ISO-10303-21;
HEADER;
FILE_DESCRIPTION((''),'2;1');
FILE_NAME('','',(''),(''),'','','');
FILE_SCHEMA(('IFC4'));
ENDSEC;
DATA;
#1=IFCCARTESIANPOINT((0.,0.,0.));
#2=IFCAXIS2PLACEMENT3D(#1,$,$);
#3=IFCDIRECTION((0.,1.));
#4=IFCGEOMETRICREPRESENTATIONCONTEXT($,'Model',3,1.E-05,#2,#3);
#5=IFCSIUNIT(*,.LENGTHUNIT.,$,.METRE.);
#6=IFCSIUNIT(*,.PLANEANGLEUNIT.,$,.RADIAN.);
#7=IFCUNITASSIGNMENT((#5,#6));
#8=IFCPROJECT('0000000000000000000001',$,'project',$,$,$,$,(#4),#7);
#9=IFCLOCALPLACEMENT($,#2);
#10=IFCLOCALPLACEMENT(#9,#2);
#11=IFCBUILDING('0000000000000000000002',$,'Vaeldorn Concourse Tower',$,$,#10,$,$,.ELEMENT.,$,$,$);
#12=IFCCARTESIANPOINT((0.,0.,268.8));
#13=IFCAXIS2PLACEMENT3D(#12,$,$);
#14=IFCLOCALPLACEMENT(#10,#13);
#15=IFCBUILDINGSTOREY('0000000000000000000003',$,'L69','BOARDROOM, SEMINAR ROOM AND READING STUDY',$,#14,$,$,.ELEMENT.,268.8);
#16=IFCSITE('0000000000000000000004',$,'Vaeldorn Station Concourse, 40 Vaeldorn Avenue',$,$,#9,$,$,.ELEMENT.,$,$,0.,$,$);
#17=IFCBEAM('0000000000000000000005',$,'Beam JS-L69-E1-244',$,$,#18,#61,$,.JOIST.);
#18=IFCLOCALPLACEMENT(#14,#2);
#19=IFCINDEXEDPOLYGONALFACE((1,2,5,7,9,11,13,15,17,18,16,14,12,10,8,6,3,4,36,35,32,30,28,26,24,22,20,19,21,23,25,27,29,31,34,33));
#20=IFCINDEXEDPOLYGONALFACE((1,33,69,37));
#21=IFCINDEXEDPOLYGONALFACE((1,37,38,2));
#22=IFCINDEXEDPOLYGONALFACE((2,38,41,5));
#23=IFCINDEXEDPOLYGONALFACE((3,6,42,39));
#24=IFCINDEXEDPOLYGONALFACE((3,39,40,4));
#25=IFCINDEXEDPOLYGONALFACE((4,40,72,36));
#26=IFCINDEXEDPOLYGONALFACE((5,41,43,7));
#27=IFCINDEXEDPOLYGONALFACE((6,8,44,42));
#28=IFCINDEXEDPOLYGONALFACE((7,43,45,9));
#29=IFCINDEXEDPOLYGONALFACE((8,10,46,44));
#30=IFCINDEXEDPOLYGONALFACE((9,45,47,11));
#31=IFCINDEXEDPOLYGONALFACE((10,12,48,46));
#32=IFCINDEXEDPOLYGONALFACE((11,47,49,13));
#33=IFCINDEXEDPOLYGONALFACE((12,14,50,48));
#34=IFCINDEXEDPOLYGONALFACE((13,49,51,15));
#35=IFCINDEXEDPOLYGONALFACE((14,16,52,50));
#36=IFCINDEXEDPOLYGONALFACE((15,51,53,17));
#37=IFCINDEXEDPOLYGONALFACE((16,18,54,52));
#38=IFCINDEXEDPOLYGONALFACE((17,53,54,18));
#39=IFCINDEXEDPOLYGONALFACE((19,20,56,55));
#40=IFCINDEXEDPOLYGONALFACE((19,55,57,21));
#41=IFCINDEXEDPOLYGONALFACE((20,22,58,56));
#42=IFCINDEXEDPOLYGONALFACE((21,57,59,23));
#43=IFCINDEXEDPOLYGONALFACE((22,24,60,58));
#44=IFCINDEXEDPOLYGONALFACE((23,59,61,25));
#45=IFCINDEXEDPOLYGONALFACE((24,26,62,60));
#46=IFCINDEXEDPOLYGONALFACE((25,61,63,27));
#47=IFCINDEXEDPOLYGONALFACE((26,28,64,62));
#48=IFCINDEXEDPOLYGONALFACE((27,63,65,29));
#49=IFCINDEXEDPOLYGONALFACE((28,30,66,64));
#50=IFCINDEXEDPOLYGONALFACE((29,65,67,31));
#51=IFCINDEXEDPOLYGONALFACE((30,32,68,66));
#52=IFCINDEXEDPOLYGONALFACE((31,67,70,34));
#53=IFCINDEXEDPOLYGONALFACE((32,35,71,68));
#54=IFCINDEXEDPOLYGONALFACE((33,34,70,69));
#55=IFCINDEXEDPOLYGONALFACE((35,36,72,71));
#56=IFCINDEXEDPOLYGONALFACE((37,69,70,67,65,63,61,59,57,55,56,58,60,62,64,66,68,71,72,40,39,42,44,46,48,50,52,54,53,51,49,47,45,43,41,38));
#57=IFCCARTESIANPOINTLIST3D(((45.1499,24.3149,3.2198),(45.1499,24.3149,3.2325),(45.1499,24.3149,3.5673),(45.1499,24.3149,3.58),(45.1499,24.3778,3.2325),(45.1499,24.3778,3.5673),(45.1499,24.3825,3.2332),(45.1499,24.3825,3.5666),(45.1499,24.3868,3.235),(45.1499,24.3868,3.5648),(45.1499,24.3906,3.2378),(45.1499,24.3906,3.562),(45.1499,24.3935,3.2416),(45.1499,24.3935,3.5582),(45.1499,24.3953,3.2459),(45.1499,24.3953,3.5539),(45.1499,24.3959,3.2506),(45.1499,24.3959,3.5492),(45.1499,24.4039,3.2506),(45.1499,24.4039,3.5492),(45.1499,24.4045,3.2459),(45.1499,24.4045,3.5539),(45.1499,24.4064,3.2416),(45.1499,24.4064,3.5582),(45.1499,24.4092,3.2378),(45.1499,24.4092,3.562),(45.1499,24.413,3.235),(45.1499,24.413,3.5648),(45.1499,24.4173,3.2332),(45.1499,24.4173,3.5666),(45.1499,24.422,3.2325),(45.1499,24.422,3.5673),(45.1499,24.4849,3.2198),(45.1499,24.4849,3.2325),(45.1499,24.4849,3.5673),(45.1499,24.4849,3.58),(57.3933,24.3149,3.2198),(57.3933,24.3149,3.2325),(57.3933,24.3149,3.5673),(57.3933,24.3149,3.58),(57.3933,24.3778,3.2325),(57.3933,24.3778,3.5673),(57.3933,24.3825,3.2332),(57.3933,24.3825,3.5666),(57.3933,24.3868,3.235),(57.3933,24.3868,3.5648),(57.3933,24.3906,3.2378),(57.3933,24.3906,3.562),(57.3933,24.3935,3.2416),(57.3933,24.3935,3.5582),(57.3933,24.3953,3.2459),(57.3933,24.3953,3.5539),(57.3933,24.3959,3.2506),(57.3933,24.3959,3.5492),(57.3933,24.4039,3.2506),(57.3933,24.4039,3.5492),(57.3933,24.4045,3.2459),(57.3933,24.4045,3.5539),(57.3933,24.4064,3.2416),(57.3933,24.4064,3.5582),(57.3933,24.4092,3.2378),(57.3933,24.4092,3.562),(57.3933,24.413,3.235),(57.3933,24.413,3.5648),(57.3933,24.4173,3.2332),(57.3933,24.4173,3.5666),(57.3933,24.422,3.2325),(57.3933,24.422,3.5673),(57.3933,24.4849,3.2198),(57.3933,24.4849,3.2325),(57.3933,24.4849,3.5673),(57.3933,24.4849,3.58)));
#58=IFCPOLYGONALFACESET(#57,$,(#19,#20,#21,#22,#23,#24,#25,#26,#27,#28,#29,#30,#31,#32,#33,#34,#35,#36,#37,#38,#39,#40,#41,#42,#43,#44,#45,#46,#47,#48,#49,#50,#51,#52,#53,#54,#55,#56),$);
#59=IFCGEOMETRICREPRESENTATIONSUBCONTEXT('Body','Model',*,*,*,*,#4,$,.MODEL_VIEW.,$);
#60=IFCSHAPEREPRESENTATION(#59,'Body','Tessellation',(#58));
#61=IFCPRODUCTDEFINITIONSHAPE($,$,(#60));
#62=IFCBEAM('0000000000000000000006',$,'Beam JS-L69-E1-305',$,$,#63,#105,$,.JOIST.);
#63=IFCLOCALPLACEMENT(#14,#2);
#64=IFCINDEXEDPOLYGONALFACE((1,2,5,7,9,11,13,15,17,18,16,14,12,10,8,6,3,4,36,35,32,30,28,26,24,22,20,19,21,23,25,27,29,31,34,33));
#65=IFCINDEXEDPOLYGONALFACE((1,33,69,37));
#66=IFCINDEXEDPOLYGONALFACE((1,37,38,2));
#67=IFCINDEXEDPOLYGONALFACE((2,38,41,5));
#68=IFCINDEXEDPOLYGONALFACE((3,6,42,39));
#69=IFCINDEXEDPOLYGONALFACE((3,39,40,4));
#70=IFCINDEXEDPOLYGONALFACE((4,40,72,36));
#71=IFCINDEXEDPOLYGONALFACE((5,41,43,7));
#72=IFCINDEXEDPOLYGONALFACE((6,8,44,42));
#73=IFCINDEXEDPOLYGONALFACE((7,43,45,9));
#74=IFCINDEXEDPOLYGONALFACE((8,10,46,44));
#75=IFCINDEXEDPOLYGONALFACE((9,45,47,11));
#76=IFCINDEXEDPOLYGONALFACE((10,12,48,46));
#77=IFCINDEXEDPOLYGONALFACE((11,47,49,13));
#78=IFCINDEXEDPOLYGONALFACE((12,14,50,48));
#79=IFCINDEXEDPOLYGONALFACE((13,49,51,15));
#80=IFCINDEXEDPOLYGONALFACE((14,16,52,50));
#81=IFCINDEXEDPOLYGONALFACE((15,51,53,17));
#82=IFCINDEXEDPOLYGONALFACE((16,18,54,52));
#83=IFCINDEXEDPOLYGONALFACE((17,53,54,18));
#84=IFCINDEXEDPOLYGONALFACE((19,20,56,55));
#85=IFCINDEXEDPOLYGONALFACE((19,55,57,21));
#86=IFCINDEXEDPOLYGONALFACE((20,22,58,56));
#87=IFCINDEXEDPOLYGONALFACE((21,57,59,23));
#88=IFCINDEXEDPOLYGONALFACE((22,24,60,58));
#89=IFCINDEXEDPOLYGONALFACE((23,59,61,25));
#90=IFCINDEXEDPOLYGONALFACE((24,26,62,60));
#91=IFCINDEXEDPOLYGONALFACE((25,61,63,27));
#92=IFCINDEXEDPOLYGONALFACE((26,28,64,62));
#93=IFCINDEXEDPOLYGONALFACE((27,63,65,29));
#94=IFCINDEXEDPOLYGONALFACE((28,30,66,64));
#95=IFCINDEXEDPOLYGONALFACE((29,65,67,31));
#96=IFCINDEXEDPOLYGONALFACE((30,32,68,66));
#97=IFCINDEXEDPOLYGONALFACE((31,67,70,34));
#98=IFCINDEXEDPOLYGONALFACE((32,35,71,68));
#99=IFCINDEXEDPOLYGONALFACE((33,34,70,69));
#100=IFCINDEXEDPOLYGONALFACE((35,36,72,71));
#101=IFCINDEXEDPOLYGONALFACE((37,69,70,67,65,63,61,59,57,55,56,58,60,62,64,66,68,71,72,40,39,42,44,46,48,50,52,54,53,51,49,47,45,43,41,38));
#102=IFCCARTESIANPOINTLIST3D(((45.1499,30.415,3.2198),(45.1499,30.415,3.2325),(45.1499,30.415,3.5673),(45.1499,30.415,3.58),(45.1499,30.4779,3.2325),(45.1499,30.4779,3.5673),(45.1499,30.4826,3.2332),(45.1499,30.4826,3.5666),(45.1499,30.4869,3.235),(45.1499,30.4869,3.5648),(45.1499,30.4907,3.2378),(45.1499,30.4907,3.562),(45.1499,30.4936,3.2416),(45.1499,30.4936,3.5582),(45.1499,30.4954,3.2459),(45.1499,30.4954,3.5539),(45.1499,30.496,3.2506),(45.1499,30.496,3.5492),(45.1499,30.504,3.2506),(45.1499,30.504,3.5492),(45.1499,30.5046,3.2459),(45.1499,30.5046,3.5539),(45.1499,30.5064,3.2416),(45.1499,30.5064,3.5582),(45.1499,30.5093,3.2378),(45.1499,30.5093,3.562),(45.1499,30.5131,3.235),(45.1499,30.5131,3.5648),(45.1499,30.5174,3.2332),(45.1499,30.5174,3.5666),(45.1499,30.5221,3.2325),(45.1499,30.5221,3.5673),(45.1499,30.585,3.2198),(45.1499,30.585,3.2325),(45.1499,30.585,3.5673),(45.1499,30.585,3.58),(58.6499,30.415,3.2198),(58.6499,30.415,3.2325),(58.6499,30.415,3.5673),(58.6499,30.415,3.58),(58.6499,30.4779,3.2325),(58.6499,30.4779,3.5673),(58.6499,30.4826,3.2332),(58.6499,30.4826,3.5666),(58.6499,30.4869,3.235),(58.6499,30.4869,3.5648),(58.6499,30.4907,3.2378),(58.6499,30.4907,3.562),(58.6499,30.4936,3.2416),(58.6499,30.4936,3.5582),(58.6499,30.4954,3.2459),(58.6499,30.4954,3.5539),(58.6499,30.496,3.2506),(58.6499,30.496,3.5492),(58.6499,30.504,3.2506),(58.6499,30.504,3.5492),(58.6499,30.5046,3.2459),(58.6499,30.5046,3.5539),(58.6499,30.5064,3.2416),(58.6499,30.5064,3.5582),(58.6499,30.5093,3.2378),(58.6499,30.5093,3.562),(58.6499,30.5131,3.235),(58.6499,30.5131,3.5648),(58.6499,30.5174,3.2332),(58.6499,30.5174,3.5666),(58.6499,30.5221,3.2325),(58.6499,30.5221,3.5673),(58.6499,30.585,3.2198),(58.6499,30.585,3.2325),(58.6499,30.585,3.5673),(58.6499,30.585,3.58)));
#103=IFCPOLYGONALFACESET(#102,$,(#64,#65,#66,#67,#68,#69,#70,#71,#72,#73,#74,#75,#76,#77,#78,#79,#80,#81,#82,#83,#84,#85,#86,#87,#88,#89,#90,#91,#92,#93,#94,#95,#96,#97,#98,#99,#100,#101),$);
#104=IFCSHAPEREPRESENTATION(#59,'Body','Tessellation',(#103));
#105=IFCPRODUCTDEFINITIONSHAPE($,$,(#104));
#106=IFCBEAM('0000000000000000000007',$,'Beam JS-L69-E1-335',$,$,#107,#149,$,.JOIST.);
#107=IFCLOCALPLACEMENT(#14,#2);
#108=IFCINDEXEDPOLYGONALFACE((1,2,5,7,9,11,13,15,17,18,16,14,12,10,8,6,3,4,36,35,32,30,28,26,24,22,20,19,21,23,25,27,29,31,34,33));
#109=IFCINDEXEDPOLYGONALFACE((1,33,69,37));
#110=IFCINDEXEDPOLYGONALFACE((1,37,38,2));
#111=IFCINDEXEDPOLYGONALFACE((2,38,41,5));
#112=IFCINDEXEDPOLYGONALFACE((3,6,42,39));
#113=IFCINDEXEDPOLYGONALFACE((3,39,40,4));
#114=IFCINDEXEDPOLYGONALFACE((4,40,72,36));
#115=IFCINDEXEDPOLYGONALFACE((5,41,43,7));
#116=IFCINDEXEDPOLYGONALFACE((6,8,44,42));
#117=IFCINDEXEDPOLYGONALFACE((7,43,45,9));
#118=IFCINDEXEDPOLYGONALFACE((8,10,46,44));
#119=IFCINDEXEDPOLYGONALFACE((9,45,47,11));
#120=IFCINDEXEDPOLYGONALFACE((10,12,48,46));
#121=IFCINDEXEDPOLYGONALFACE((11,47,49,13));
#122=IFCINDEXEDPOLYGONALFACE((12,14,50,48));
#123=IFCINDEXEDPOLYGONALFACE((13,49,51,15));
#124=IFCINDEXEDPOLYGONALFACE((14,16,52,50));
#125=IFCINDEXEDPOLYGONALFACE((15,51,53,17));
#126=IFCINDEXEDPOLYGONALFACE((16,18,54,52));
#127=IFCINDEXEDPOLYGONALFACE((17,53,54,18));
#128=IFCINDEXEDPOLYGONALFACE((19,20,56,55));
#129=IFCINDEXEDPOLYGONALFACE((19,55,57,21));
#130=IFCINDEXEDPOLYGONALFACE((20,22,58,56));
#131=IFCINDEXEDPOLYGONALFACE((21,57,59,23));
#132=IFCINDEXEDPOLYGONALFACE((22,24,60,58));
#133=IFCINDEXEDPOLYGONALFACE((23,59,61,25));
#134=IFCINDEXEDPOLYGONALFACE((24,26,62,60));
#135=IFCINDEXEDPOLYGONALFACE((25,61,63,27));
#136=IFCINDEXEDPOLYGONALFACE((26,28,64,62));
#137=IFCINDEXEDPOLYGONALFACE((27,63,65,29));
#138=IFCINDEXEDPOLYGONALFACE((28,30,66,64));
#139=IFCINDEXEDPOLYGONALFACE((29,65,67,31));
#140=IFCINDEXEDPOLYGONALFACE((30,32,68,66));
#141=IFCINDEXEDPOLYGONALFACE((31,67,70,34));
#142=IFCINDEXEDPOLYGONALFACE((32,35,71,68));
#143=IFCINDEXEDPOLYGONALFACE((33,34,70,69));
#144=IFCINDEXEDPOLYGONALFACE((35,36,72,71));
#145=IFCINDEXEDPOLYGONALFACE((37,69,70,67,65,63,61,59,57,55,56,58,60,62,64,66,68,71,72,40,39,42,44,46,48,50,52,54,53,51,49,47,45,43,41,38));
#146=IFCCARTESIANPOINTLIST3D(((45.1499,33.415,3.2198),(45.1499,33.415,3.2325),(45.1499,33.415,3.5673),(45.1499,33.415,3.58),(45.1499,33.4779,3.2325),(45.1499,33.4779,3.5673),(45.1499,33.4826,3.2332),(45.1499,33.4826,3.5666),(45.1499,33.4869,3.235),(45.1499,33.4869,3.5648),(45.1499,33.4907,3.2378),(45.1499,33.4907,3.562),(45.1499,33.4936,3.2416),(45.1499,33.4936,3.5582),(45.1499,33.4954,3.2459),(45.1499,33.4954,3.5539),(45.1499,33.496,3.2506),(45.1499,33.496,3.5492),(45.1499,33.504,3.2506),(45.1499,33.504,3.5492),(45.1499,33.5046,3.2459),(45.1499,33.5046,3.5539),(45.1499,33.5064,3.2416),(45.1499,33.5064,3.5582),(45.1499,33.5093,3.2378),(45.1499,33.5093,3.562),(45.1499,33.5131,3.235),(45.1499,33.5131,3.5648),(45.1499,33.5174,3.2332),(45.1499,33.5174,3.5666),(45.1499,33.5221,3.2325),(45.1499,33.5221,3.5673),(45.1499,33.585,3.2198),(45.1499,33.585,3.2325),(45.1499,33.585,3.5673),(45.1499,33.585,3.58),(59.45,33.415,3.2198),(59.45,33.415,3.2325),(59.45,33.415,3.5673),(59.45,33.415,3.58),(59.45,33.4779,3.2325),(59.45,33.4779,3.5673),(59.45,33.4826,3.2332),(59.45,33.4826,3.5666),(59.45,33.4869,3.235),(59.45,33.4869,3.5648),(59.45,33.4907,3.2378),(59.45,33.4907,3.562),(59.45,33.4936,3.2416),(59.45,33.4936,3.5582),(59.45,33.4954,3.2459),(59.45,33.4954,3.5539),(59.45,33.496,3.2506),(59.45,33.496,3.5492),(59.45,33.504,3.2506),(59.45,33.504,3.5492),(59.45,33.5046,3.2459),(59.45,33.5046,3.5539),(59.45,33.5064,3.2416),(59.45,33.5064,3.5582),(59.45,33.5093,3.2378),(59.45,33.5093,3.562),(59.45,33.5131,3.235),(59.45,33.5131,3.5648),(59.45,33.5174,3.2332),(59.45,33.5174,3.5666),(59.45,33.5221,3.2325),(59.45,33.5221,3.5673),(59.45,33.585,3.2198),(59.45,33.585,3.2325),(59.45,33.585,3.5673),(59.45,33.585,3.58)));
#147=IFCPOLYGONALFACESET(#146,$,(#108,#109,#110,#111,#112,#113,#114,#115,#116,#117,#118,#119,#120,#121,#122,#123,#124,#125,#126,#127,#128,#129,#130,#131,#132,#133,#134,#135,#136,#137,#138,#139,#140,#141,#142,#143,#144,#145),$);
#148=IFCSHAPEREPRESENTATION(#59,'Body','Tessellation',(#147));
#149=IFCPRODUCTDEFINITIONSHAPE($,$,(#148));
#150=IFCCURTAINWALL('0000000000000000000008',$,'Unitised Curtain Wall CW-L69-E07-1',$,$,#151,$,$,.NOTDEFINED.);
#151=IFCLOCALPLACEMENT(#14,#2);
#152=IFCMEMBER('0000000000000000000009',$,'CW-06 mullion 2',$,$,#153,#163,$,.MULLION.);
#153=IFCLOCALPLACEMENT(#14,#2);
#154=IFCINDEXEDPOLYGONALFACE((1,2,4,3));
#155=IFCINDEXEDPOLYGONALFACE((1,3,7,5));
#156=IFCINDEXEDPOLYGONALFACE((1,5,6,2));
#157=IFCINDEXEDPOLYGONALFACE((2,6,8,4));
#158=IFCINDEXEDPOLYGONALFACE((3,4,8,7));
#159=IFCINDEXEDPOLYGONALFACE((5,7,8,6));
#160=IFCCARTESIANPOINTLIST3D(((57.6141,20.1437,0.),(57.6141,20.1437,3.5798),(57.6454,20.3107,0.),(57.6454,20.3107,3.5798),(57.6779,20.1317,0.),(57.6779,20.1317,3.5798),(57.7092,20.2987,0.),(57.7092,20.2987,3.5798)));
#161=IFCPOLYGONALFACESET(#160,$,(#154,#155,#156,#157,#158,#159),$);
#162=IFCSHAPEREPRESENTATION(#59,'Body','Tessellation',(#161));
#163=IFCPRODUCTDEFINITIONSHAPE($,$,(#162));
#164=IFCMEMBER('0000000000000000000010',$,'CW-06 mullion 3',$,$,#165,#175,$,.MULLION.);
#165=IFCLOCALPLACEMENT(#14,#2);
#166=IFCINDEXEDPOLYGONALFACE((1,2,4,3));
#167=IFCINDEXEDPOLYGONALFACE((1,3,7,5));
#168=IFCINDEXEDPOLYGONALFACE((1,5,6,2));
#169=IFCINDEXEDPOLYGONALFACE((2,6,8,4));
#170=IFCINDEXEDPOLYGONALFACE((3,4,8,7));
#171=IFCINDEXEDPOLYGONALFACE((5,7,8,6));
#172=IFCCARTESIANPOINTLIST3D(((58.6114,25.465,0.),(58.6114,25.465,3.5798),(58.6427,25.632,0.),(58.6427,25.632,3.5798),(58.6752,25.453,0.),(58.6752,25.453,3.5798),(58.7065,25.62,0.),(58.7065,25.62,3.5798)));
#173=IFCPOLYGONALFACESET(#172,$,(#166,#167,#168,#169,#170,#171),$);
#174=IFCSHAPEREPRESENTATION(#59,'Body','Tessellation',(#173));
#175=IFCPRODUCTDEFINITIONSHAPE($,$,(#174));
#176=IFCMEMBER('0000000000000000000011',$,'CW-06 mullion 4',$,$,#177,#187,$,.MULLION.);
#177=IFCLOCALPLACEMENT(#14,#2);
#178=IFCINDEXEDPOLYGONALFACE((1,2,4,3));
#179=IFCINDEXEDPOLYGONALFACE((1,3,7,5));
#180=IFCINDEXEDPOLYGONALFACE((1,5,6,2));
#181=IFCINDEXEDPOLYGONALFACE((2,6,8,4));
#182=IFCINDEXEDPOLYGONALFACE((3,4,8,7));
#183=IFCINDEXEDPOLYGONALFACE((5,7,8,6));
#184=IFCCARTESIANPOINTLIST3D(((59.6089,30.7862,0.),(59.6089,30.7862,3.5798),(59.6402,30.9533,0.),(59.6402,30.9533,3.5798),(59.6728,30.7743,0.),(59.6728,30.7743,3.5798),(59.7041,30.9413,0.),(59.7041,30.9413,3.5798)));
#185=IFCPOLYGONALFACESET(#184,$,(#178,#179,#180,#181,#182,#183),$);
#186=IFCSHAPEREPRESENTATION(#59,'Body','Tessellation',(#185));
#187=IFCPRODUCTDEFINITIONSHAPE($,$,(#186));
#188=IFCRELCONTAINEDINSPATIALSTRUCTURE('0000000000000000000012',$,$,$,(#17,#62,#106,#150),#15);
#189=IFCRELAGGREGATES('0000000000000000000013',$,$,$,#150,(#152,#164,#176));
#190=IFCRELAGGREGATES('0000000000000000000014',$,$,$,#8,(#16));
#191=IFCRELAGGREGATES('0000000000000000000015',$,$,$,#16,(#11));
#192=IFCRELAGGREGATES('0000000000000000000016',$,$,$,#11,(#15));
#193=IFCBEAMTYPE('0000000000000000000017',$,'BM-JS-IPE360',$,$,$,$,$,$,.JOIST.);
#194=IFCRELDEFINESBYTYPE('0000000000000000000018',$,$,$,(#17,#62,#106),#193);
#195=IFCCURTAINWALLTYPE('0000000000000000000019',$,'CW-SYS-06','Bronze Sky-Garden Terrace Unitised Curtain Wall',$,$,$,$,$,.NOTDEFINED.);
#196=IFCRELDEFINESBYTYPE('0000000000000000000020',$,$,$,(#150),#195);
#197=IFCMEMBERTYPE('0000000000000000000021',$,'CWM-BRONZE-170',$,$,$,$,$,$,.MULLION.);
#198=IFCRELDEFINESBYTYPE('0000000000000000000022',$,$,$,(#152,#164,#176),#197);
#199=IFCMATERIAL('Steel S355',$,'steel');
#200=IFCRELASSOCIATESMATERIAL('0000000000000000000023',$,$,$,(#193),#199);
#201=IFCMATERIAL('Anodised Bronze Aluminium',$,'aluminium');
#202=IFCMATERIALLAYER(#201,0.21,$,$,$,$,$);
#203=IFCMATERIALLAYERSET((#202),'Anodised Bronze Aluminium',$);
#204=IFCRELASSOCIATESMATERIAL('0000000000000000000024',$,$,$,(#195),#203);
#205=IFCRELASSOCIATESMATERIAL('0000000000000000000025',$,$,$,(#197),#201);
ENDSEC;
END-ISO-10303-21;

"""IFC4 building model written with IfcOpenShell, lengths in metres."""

from ifc_helpers import new_model, si_unit, direction, frame, origin, origin_2d, place, context, subcontext, project, spatial, rectangle, i_section, extrude, source, transform, mapped, material, layer, layer_set, material_profile, profile_set, type_object, element, aggregate, save


model = new_model("IFC4")

# Units and contexts
model_context = context("Model", 3, precision=1e-05, world=origin(), true_north=direction((0.0, 1.0)))
body_context = subcontext(model_context, "Body", "Model", "MODEL_VIEW")
ifc_project = project(units=[si_unit("LENGTHUNIT", "METRE"), si_unit("PLANEANGLEUNIT", "RADIAN")], contexts=[model_context])

# Site, building, storey
site_placement = place(None, origin())
site = spatial("IfcSite", under=ifc_project, at=site_placement, Name="Vaeldorn Station Concourse, 40 Vaeldorn Avenue", CompositionType="ELEMENT", RefElevation=0.0)
building_placement = place(site_placement, origin())
building = spatial("IfcBuilding", under=site, at=building_placement, Name="Vaeldorn Concourse Tower", CompositionType="ELEMENT")
storey_placement = place(building_placement, frame((0.0, 0.0, 268.8)))
storey = spatial("IfcBuildingStorey", under=building, at=storey_placement, Name="L69", Description="BOARDROOM, SEMINAR ROOM AND READING STUDY", CompositionType="ELEMENT", Elevation=268.8)

# Shared definitions
ifc_material_1 = material(Name="Steel S355", Category="steel")

# Beams
ifc_material_profile_1 = material_profile(ifc_material_1, i_section(OverallWidth=0.1699, OverallDepth=0.3601, WebThickness=0.0081, FlangeThickness=0.0127, FilletRadius=0.0181, at=origin_2d()), Name="IPE 360")
ifc_profile_set_1 = profile_set([ifc_material_profile_1], Name="Steel S355")
beam_type_1 = type_object("IfcBeamType", Name="BM-JS-IPE360", PredefinedType="JOIST", material=ifc_profile_set_1)
shared_shape_1 = source(origin(), body_context, "Body", "SweptSolid", [
    extrude(i_section(OverallWidth=0.1699, OverallDepth=0.3601, WebThickness=0.0081, FlangeThickness=0.0127, FilletRadius=0.0181, at=origin_2d()), origin(), (0.0, 0.0, 1.0), 12.2434),
])
beam_1_placement = place(storey_placement, frame((45.1499, 24.3999, 3.3999), z_axis=(1.0, 0.0, 0.0), x_axis=(0.0, 1.0, 0.0)))
element("IfcBeam", 1, at=beam_1_placement, inside=storey, type_object=beam_type_1, Name="Beam JS-L69-E1-244", PredefinedType="JOIST", context=body_context, shape_type="MappedRepresentation", body=[
    mapped(shared_shape_1, transform((0.0, 0.0, 0.0), scale=1.0)),
])
shared_shape_2 = source(origin(), body_context, "Body", "SweptSolid", [
    extrude(i_section(OverallWidth=0.1699, OverallDepth=0.3601, WebThickness=0.0081, FlangeThickness=0.0127, FilletRadius=0.0181, at=origin_2d()), origin(), (0.0, 0.0, 1.0), 13.5),
])
beam_2_placement = place(storey_placement, frame((45.1499, 30.5, 3.3999), z_axis=(1.0, 0.0, 0.0), x_axis=(0.0, 1.0, 0.0)))
element("IfcBeam", 2, at=beam_2_placement, inside=storey, type_object=beam_type_1, Name="Beam JS-L69-E1-305", PredefinedType="JOIST", context=body_context, shape_type="MappedRepresentation", body=[
    mapped(shared_shape_2, transform((0.0, 0.0, 0.0), scale=1.0)),
])
shared_shape_3 = source(origin(), body_context, "Body", "SweptSolid", [
    extrude(i_section(OverallWidth=0.1699, OverallDepth=0.3601, WebThickness=0.0081, FlangeThickness=0.0127, FilletRadius=0.0181, at=origin_2d()), origin(), (0.0, 0.0, 1.0), 14.3),
])
beam_3_placement = place(storey_placement, frame((45.1499, 33.5, 3.3999), z_axis=(1.0, 0.0, 0.0), x_axis=(0.0, 1.0, 0.0)))
element("IfcBeam", 3, at=beam_3_placement, inside=storey, type_object=beam_type_1, Name="Beam JS-L69-E1-335", PredefinedType="JOIST", context=body_context, shape_type="MappedRepresentation", body=[
    mapped(shared_shape_3, transform((0.0, 0.0, 0.0), scale=1.0)),
])

# Curtain wall, members
ifc_material_2 = material(Name="Anodised Bronze Aluminium", Category="aluminium")
ifc_layer_1 = layer(ifc_material_2, 0.21)
ifc_layer_set_1 = layer_set([ifc_layer_1], Name="Anodised Bronze Aluminium")
curtain_wall_type = type_object("IfcCurtainWallType", Name="CW-SYS-06", Description="Bronze Sky-Garden Terrace Unitised Curtain Wall", PredefinedType="NOTDEFINED", material=ifc_layer_set_1)
curtain_wall_placement = place(storey_placement, origin())
curtain_wall = element("IfcCurtainWall", 4, at=curtain_wall_placement, inside=storey, type_object=curtain_wall_type, Name="Unitised Curtain Wall CW-L69-E07-1", PredefinedType="NOTDEFINED")
ifc_material_profile_2 = material_profile(ifc_material_2, rectangle(XDim=0.0649, YDim=0.1699, at=origin_2d()), Name="CWM 65x170")
ifc_profile_set_2 = profile_set([ifc_material_profile_2], Name="Anodised Bronze Aluminium")
member_type_1 = type_object("IfcMemberType", Name="CWM-BRONZE-170", PredefinedType="MULLION", material=ifc_profile_set_2)
shared_shape_4 = source(origin(), body_context, "Body", "SweptSolid", [
    extrude(rectangle(XDim=0.0649, YDim=0.1699, at=origin_2d()), origin(), (0.0, 0.0, 1.0), 3.5798),
])
member_1_placement = place(storey_placement, frame((57.6616, 20.2212, 0.0), z_axis=(0.0, 0.0, 1.0), x_axis=(-0.98288, 0.184247, 0.0)))
member_1 = element("IfcMember", 5, at=member_1_placement, type_object=member_type_1, Name="CW-06 mullion 2", PredefinedType="MULLION", context=body_context, shape_type="MappedRepresentation", body=[
    mapped(shared_shape_4, transform((0.0, 0.0, 0.0), scale=1.0)),
])
member_2_placement = place(storey_placement, frame((58.6589, 25.5425, 0.0), z_axis=(0.0, 0.0, 1.0), x_axis=(-0.98288, 0.184247, 0.0)))
member_2 = element("IfcMember", 6, at=member_2_placement, type_object=member_type_1, Name="CW-06 mullion 3", PredefinedType="MULLION", context=body_context, shape_type="MappedRepresentation", body=[
    mapped(shared_shape_4, transform((0.0, 0.0, 0.0), scale=1.0)),
])
member_3_placement = place(storey_placement, frame((59.6565, 30.8638, 0.0), z_axis=(0.0, 0.0, 1.0), x_axis=(-0.98288, 0.184247, 0.0)))
member_3 = element("IfcMember", 7, at=member_3_placement, type_object=member_type_1, Name="CW-06 mullion 4", PredefinedType="MULLION", context=body_context, shape_type="MappedRepresentation", body=[
    mapped(shared_shape_4, transform((0.0, 0.0, 0.0), scale=1.0)),
])
aggregate(curtain_wall, [member_1, member_2, member_3])

save(model, "model.ifc")
